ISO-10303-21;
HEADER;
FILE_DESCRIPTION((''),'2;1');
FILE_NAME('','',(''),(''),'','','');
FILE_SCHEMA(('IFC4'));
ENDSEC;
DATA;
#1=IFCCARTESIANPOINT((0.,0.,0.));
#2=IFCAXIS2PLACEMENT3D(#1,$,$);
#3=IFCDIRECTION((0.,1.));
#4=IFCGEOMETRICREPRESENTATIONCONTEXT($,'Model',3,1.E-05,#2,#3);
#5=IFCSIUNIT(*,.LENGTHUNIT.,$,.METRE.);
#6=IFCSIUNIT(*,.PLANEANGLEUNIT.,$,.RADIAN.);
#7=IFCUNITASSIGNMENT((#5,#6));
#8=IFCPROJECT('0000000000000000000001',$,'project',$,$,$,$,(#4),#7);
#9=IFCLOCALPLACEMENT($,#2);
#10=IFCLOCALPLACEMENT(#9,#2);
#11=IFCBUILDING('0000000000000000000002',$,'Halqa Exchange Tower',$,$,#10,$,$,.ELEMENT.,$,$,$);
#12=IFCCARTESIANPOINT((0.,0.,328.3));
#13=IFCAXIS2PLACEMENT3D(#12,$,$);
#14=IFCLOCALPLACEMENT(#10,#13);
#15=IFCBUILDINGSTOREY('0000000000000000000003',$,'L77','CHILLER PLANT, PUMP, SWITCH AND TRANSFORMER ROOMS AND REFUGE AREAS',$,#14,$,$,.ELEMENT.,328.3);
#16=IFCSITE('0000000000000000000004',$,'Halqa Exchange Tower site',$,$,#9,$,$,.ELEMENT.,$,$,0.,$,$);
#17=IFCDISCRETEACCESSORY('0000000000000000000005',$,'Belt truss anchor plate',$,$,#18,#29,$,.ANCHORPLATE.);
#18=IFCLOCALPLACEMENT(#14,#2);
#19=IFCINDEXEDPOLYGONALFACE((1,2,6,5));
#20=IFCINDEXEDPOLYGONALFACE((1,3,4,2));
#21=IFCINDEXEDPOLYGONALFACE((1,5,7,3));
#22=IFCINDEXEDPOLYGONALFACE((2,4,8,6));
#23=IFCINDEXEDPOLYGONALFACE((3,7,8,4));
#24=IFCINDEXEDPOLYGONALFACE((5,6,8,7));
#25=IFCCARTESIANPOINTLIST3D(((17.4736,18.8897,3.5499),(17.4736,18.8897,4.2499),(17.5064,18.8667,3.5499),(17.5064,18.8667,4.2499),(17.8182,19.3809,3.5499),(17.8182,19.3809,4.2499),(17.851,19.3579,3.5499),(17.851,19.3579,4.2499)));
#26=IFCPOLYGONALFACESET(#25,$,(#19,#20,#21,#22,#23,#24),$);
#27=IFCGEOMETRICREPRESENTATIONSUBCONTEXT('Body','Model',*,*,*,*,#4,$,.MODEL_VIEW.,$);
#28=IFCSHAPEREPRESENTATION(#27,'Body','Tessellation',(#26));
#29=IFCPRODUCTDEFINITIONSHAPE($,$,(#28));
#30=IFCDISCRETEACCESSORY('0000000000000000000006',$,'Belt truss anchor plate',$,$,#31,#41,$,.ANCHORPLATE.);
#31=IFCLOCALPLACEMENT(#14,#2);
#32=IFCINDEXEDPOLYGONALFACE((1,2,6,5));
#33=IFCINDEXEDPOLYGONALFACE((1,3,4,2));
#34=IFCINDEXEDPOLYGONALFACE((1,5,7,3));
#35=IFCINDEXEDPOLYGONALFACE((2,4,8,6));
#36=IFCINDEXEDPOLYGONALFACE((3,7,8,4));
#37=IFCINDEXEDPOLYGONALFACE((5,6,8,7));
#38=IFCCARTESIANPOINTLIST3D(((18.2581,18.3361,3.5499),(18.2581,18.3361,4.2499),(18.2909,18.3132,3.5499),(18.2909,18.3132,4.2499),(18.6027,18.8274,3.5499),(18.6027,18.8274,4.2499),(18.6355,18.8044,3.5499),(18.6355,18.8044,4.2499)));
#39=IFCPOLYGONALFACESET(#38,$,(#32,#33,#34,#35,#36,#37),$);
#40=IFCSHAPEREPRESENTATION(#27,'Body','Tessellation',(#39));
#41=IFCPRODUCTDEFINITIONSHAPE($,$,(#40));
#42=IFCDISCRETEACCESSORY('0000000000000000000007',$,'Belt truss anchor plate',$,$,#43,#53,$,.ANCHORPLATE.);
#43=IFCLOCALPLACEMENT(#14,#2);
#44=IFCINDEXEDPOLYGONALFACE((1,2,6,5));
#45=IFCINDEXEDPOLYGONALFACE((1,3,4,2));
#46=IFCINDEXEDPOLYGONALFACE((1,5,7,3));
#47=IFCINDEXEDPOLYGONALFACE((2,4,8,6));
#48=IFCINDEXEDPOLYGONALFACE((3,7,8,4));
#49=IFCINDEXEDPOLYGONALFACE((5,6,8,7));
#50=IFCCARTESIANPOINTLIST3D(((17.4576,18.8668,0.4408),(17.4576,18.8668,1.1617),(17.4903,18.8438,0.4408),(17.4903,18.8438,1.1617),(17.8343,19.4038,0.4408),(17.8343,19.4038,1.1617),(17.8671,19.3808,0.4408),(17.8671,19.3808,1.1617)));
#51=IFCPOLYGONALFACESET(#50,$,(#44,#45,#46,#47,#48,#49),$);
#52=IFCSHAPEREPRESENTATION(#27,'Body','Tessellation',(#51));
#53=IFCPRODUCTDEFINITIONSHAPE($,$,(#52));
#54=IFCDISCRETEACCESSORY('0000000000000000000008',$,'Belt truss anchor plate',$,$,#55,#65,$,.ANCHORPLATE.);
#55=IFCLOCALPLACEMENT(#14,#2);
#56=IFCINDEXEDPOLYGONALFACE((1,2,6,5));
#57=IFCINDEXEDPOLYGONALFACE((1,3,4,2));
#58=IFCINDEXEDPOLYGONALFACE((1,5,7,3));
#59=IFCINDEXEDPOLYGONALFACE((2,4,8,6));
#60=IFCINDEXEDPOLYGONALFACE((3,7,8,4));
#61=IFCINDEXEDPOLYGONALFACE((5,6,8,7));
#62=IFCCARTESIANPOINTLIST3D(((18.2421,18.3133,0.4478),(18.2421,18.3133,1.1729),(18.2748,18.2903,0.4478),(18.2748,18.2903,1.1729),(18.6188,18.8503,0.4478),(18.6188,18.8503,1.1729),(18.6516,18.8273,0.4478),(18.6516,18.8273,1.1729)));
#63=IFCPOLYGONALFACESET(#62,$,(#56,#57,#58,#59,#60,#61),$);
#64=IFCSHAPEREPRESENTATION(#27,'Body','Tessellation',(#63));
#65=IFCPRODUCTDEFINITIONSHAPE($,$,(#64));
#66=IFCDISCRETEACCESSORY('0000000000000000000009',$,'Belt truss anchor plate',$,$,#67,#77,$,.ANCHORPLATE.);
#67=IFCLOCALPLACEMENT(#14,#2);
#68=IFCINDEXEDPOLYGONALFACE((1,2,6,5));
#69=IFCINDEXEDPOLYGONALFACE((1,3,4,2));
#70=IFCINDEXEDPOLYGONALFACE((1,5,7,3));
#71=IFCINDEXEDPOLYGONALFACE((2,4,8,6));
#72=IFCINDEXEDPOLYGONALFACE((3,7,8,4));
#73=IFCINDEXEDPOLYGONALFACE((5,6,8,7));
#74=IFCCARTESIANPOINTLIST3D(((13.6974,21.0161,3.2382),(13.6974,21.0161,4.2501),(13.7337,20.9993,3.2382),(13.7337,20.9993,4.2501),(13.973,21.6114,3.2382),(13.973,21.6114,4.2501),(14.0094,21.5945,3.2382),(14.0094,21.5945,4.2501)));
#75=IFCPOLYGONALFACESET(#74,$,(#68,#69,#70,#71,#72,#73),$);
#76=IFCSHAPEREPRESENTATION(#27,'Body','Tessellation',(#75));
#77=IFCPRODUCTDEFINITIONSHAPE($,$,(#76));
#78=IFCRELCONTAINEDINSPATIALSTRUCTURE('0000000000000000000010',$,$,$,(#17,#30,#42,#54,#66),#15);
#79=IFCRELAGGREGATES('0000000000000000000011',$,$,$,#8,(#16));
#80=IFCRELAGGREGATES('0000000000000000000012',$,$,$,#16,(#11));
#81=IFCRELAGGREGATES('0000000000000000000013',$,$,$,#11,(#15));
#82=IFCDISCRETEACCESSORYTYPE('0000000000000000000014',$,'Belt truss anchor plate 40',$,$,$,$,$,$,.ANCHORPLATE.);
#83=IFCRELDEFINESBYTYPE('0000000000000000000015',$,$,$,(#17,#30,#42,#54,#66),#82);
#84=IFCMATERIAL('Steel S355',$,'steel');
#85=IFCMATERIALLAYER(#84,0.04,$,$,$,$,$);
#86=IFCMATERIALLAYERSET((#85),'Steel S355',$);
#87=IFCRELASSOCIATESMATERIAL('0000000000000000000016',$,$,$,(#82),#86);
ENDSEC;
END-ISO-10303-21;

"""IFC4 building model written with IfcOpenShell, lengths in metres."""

from ifc_helpers import new_model, si_unit, direction, frame, origin, origin_2d, place, context, subcontext, project, spatial, rectangle, extrude, material, layer, layer_set, type_object, element, save


model = new_model("IFC4")

# Units and contexts
model_context = context("Model", 3, precision=1e-05, world=origin(), true_north=direction((0.0, 1.0)))
body_context = subcontext(model_context, "Body", "Model", "MODEL_VIEW")
ifc_project = project(units=[si_unit("LENGTHUNIT", "METRE"), si_unit("PLANEANGLEUNIT", "RADIAN")], contexts=[model_context])

# Site, building, storey
site_placement = place(None, origin())
site = spatial("IfcSite", under=ifc_project, at=site_placement, Name="Halqa Exchange Tower site", CompositionType="ELEMENT", RefElevation=0.0)
building_placement = place(site_placement, origin())
building = spatial("IfcBuilding", under=site, at=building_placement, Name="Halqa Exchange Tower", CompositionType="ELEMENT")
storey_placement = place(building_placement, frame((0.0, 0.0, 328.3)))
storey = spatial("IfcBuildingStorey", under=building, at=storey_placement, Name="L77", Description="CHILLER PLANT, PUMP, SWITCH AND TRANSFORMER ROOMS AND REFUGE AREAS", CompositionType="ELEMENT", Elevation=328.3)

# Shared definitions
ifc_material_1 = material(Name="Steel S355", Category="steel")

# Discrete accessories
ifc_layer_1 = layer(ifc_material_1, 0.04)
ifc_layer_set_1 = layer_set([ifc_layer_1], Name="Steel S355")
discrete_accessory_type = type_object("IfcDiscreteAccessoryType", Name="Belt truss anchor plate 40", PredefinedType="ANCHORPLATE", material=ifc_layer_set_1)
for number, where, z_axis, x_axis, name in (
    (1, (17.6787, 19.1123, 3.8999), (-0.818657, 0.574282, 0.0), (-0.574282, -0.818657, 0.0), "Belt truss anchor plate"),
    (2, (18.4304, 18.5818, 3.8999), (0.818657, -0.574282, 0.0), (0.574282, 0.818657, 0.0), "Belt truss anchor plate"),
):
    element("IfcDiscreteAccessory", number, at=place(storey_placement, frame(where, z_axis=z_axis, x_axis=x_axis)), inside=storey, type_object=discrete_accessory_type, Name=name, PredefinedType="ANCHORPLATE", context=body_context, shape_type="SweptSolid", body=[
        extrude(rectangle(XDim=0.6001, YDim=0.7, at=origin_2d()), origin(), (0.0, 0.0, 1.0), 0.04),
    ])
discrete_accessory_1_placement = place(storey_placement, frame((17.6787, 19.1123, 0.8013), z_axis=(-0.818657, 0.574282, 0.0), x_axis=(-0.574282, -0.818657, 0.0)))
element("IfcDiscreteAccessory", 3, at=discrete_accessory_1_placement, inside=storey, type_object=discrete_accessory_type, Name="Belt truss anchor plate", PredefinedType="ANCHORPLATE", context=body_context, shape_type="SweptSolid", body=[
    extrude(rectangle(XDim=0.656, YDim=0.7209, at=origin_2d()), origin(), (0.0, 0.0, 1.0), 0.04),
])
discrete_accessory_2_placement = place(storey_placement, frame((18.4304, 18.5818, 0.8103), z_axis=(0.818657, -0.574282, 0.0), x_axis=(0.574282, 0.818657, 0.0)))
element("IfcDiscreteAccessory", 4, at=discrete_accessory_2_placement, inside=storey, type_object=discrete_accessory_type, Name="Belt truss anchor plate", PredefinedType="ANCHORPLATE", context=body_context, shape_type="SweptSolid", body=[
    extrude(rectangle(XDim=0.656, YDim=0.7251, at=origin_2d()), origin(), (0.0, 0.0, 1.0), 0.04),
])
discrete_accessory_3_placement = place(storey_placement, frame((13.8352, 21.3137, 3.7441), z_axis=(0.907424, -0.420216, 0.0), x_axis=(0.420216, 0.907424, 0.0)))
element("IfcDiscreteAccessory", 5, at=discrete_accessory_3_placement, inside=storey, type_object=discrete_accessory_type, Name="Belt truss anchor plate", PredefinedType="ANCHORPLATE", context=body_context, shape_type="SweptSolid", body=[
    extrude(rectangle(XDim=0.656, YDim=1.012, at=origin_2d()), origin(), (0.0, 0.0, 1.0), 0.04),
])

save(model, "model.ifc")
